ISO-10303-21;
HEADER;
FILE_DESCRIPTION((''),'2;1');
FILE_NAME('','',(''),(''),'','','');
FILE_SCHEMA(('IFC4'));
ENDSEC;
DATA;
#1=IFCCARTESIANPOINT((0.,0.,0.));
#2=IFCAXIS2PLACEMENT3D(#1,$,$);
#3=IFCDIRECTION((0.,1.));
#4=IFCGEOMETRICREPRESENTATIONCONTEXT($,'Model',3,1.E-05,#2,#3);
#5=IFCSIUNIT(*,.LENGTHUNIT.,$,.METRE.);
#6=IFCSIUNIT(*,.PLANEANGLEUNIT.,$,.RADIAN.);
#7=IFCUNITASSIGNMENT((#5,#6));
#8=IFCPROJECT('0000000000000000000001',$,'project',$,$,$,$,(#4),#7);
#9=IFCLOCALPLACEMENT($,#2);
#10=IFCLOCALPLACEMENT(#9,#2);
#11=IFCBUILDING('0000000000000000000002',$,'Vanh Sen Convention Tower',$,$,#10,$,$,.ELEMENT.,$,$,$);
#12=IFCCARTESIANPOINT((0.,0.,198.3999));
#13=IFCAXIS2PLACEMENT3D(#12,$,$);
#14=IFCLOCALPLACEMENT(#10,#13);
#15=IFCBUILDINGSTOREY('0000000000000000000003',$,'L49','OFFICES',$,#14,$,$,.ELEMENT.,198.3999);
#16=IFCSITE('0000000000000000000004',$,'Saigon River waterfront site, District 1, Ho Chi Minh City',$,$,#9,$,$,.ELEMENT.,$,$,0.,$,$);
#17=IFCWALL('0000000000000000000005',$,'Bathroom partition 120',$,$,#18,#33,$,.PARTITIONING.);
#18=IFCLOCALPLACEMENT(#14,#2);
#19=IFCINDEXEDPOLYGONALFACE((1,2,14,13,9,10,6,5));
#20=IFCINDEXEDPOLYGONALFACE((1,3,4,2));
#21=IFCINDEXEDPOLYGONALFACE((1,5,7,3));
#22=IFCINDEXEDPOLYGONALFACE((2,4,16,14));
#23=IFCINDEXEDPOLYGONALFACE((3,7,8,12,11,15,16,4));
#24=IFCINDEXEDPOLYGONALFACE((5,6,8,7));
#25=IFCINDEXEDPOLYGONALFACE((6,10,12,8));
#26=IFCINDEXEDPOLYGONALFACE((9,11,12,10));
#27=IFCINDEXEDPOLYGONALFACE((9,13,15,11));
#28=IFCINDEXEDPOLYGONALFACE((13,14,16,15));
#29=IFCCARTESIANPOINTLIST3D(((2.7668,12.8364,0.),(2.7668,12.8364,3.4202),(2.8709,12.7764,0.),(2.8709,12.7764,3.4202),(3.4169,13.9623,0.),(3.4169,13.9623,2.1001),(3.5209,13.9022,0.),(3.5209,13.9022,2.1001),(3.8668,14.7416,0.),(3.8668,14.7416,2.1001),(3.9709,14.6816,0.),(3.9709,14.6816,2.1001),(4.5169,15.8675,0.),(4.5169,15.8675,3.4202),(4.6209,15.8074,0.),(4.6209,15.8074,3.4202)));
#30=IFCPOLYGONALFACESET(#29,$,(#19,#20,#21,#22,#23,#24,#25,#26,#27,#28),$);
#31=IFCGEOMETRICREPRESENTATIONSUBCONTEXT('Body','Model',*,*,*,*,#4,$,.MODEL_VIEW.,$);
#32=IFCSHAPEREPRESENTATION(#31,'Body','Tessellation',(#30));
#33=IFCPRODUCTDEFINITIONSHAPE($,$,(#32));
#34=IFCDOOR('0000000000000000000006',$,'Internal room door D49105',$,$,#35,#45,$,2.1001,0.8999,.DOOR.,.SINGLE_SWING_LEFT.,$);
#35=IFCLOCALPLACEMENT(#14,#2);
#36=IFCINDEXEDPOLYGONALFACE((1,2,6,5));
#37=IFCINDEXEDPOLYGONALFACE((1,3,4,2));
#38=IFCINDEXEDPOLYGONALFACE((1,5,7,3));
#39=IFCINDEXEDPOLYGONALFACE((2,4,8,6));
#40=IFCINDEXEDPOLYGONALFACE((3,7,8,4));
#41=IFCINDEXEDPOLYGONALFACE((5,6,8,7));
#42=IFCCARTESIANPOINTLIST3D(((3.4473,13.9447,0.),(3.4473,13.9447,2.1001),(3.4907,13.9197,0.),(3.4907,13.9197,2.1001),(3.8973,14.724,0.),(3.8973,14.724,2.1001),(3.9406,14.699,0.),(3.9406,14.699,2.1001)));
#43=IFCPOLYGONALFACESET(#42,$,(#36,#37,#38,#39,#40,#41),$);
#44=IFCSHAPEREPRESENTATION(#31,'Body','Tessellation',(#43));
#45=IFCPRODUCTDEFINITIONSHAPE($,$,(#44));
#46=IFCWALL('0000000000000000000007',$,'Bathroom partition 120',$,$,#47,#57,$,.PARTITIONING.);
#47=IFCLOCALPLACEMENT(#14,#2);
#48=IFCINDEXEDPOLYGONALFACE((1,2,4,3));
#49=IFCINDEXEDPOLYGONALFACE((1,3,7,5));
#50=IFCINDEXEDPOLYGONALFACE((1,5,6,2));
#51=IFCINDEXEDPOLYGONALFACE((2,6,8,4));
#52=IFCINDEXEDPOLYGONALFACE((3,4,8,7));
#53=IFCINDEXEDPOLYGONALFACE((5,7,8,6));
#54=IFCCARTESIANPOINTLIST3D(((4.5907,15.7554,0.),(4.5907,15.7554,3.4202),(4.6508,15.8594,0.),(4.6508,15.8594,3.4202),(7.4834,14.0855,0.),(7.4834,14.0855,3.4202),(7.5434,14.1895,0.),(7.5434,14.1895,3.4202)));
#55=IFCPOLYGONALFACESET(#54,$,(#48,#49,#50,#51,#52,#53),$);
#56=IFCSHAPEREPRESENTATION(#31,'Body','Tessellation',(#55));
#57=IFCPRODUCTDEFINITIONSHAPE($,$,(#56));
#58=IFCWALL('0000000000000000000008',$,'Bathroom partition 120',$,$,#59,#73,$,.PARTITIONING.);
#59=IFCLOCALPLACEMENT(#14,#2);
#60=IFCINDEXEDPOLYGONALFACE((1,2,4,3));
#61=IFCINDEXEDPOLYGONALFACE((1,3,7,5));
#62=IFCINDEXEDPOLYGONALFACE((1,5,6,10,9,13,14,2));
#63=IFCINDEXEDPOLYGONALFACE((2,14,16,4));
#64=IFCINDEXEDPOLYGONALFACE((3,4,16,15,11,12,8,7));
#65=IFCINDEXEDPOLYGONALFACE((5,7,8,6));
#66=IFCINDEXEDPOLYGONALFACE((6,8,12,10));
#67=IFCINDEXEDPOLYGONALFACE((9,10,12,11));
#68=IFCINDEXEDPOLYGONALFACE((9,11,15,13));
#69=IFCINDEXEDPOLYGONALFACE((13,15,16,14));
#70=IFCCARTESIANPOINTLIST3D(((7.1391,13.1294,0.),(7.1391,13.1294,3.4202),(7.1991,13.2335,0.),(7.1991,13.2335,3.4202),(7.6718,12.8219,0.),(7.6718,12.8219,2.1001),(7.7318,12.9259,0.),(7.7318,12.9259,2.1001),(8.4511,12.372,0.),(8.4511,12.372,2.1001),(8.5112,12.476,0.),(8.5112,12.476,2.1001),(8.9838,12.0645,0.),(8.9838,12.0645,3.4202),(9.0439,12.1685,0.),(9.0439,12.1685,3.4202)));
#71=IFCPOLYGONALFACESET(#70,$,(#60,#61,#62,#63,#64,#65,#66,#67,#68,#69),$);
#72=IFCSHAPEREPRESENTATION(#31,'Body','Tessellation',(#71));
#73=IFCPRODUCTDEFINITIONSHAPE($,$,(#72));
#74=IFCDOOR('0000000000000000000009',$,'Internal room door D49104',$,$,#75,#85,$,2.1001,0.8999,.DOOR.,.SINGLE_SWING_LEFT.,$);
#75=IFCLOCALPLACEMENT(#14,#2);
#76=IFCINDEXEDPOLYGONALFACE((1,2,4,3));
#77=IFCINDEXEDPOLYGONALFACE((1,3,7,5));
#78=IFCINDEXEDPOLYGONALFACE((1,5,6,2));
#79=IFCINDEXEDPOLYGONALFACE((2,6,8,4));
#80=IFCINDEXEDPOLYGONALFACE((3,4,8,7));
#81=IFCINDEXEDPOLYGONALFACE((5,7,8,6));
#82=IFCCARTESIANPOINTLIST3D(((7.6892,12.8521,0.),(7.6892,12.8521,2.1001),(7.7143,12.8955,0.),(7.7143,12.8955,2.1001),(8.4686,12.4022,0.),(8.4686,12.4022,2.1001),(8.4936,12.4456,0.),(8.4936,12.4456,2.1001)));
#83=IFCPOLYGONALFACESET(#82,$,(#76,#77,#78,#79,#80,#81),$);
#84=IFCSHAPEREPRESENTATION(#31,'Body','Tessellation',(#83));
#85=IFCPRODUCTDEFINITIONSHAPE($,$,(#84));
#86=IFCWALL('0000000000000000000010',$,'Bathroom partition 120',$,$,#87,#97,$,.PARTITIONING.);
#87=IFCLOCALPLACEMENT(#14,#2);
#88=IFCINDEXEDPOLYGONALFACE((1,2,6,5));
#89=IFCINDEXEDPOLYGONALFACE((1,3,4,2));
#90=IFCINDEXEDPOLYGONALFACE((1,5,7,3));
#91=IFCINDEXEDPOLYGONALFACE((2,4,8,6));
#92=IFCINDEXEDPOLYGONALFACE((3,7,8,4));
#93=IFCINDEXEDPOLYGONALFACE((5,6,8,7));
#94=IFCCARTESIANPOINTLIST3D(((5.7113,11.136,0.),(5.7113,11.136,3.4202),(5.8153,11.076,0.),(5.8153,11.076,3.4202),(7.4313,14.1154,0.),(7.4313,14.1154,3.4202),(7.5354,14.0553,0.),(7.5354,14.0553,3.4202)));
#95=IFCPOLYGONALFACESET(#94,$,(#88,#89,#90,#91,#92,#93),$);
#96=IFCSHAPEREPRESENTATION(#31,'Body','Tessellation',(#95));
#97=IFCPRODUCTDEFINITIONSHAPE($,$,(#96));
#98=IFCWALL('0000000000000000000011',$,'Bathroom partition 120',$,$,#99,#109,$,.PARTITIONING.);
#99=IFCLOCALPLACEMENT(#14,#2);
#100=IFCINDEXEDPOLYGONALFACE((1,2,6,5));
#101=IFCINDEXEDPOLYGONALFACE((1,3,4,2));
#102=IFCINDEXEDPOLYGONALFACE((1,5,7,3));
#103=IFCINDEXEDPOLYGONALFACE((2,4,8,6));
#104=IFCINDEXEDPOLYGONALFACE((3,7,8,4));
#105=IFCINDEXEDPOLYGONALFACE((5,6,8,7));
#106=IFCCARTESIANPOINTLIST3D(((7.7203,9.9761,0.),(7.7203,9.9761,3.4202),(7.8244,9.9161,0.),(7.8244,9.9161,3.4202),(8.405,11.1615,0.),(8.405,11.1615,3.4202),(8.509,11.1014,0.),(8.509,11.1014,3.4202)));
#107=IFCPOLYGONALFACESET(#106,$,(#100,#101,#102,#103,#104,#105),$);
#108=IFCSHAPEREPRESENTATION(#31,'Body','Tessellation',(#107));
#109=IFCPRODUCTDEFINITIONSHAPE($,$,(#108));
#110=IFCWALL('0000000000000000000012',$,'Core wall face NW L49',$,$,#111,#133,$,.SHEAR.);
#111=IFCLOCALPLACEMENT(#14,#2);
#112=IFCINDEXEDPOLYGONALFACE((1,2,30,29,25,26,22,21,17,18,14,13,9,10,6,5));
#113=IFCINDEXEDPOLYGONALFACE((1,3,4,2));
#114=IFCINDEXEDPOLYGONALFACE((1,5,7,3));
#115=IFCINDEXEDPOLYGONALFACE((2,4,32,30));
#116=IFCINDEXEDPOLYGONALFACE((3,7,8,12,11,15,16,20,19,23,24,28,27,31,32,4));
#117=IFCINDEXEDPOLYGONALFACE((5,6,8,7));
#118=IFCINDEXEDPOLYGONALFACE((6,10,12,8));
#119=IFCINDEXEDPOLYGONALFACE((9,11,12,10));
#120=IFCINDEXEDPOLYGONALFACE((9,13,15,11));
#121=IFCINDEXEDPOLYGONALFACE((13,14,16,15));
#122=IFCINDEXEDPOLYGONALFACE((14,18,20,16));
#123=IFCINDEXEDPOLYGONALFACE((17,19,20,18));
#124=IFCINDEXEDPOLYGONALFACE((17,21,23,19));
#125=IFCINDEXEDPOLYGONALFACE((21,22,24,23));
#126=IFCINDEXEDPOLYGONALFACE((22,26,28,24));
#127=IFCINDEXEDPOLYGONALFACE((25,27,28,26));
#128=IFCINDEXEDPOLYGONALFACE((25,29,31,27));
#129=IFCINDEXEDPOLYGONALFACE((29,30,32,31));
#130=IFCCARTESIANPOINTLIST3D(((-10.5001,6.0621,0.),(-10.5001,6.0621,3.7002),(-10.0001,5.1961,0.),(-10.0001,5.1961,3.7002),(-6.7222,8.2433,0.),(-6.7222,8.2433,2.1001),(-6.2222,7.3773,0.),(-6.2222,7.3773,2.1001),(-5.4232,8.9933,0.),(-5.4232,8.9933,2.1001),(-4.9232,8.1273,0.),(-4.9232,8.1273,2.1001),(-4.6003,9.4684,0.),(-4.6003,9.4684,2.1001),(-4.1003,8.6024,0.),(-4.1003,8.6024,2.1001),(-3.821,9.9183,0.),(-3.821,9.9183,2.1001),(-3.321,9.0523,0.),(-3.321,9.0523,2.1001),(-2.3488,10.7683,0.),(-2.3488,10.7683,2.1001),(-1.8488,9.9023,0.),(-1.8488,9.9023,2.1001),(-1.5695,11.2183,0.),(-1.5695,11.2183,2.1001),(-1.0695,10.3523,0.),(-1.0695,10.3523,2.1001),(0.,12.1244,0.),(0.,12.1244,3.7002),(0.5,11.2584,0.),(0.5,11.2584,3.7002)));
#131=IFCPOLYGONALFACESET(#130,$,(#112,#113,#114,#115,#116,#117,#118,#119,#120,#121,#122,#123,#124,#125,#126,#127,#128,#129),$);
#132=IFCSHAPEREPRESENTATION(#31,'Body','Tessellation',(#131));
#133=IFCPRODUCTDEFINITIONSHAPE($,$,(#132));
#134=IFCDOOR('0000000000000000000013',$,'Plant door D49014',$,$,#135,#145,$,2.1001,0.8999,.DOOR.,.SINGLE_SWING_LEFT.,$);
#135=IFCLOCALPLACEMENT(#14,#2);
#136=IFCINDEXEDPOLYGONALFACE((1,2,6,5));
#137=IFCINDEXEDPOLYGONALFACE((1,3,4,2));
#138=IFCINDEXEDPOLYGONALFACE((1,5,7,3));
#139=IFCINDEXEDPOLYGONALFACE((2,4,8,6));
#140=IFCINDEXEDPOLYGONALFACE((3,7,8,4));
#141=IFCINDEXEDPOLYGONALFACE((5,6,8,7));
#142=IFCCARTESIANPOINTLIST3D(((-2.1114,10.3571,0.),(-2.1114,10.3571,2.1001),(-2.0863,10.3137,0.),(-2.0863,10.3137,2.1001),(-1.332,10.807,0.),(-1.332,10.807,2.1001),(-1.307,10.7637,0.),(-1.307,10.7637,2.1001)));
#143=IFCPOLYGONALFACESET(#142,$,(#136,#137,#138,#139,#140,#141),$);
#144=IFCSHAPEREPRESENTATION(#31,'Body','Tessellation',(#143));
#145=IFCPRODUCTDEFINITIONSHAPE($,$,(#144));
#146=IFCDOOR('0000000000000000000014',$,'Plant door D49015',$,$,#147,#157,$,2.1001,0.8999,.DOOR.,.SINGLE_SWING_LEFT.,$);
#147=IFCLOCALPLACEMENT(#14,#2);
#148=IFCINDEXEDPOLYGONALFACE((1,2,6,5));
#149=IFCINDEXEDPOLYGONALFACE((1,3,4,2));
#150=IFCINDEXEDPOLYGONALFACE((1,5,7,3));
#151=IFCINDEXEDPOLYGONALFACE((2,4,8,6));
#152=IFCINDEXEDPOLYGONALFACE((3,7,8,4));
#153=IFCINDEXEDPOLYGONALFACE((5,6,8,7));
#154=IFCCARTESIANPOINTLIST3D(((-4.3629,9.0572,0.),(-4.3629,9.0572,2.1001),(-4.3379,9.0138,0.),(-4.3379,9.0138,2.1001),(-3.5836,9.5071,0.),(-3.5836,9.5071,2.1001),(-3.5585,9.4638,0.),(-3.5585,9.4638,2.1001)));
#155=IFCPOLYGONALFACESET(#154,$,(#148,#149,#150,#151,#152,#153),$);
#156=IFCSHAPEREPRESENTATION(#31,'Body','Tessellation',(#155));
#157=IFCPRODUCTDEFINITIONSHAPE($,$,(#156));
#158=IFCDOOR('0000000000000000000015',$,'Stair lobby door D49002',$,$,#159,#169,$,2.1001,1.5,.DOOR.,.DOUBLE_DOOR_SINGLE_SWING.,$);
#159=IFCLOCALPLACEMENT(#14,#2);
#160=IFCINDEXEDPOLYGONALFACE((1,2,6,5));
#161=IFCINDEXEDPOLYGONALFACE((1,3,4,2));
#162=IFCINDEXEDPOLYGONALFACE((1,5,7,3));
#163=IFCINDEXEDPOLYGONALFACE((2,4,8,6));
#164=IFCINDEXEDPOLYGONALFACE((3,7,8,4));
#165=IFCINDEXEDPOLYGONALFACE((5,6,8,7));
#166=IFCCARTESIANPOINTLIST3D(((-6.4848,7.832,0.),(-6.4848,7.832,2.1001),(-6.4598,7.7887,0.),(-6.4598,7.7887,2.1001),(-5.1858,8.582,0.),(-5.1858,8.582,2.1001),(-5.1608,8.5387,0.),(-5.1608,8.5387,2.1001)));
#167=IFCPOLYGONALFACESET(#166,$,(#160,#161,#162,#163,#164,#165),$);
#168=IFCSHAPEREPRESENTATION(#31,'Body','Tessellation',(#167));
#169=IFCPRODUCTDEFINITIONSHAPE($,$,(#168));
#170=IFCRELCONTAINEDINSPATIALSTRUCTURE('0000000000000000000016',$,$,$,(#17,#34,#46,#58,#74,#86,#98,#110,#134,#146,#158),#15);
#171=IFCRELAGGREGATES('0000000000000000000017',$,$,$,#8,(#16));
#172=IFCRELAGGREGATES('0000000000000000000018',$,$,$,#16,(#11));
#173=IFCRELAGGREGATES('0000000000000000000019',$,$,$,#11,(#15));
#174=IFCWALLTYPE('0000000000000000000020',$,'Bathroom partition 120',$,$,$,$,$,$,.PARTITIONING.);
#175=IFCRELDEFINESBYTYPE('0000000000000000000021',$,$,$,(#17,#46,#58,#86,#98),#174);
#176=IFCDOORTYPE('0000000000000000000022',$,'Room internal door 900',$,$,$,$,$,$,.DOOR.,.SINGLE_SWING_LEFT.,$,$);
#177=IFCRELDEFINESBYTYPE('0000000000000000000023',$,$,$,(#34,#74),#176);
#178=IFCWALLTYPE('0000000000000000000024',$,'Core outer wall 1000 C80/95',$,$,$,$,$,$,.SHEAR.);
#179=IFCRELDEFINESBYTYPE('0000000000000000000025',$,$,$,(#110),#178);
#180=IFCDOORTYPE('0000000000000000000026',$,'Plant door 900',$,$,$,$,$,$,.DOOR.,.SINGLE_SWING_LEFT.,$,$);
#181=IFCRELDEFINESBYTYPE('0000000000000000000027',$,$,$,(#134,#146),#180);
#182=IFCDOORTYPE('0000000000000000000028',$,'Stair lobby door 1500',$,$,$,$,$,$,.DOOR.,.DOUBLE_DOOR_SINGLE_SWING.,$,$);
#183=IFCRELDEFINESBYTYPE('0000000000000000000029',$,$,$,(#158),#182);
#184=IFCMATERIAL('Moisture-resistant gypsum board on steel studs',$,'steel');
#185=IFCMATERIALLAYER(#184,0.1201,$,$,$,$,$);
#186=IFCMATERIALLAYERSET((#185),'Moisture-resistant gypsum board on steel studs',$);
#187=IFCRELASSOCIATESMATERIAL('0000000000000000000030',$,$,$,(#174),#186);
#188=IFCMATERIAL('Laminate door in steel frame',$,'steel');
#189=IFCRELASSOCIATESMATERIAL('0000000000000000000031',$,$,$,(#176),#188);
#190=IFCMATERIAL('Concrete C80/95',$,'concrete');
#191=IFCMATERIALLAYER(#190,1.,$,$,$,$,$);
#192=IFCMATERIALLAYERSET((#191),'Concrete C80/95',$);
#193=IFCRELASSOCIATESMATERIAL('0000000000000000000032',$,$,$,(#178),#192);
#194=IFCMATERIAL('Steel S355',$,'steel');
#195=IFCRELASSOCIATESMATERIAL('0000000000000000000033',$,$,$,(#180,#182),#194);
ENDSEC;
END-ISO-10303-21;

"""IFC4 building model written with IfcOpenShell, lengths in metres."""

from ifc_helpers import new_model, si_unit, direction, frame, frame_2d, origin, place, context, subcontext, project, spatial, rectangle, extrude, material, layer, layer_set, type_object, element, fill, save


model = new_model("IFC4")

# Units and contexts
model_context = context("Model", 3, precision=1e-05, world=origin(), true_north=direction((0.0, 1.0)))
body_context = subcontext(model_context, "Body", "Model", "MODEL_VIEW")
ifc_project = project(units=[si_unit("LENGTHUNIT", "METRE"), si_unit("PLANEANGLEUNIT", "RADIAN")], contexts=[model_context])

# Site, building, storey
site_placement = place(None, origin())
site = spatial("IfcSite", under=ifc_project, at=site_placement, Name="Saigon River waterfront site, District 1, Ho Chi Minh City", CompositionType="ELEMENT", RefElevation=0.0)
building_placement = place(site_placement, origin())
building = spatial("IfcBuilding", under=site, at=building_placement, Name="Vanh Sen Convention Tower", CompositionType="ELEMENT")
storey_placement = place(building_placement, frame((0.0, 0.0, 198.3999)))
storey = spatial("IfcBuildingStorey", under=building, at=storey_placement, Name="L49", Description="OFFICES", CompositionType="ELEMENT", Elevation=198.3999)

# Shared definitions
ifc_material_1 = material(Name="Concrete C80/95", Category="concrete")

# Wall, opening, door
ifc_material_2 = material(Name="Moisture-resistant gypsum board on steel studs", Category="steel")
ifc_layer_1 = layer(ifc_material_2, 0.1201)
ifc_layer_set_1 = layer_set([ifc_layer_1], Name="Moisture-resistant gypsum board on steel studs")
wall_type_1 = type_object("IfcWallType", Name="Bathroom partition 120", PredefinedType="PARTITIONING", material=ifc_layer_set_1)
wall_1_placement = place(storey_placement, frame((2.8188, 12.8064, 0.0), z_axis=(0.0, 0.0, 1.0), x_axis=(0.50001, 0.866019, 0.0)))
wall_1 = element("IfcWall", 1, at=wall_1_placement, inside=storey, type_object=wall_type_1, Name="Bathroom partition 120", PredefinedType="PARTITIONING", context=body_context, shape_type="SweptSolid", body=[
    extrude(rectangle(XDim=3.5, YDim=0.1201, at=frame_2d((1.75, 0.0))), origin(), (0.0, 0.0, 1.0), 3.4202),
])
opening_1_placement = place(wall_1_placement, frame((1.3, 0.0, 0.0)))
opening_1 = element("IfcOpeningElement", 2, at=opening_1_placement, cuts=wall_1, PredefinedType="OPENING", context=body_context, shape_type="SweptSolid", body=[
    extrude(rectangle(XDim=0.8999, YDim=2.1001, at=frame_2d((0.45, 1.05))), frame((0.0, 0.0701, 0.0), z_axis=(0.0, -1.0, 0.0), x_axis=(1.0, 0.0, 0.0)), (0.0, 0.0, 1.0), 0.1401),
])
ifc_material_3 = material(Name="Laminate door in steel frame", Category="steel")
door_type_1 = type_object("IfcDoorType", Name="Room internal door 900", OperationType="SINGLE_SWING_LEFT", PredefinedType="DOOR", material=ifc_material_3)
door_1_placement = place(opening_1_placement, origin())
door_1 = element("IfcDoor", 3, at=door_1_placement, inside=storey, type_object=door_type_1, Name="Internal room door D49105", OperationType="SINGLE_SWING_LEFT", OverallHeight=2.1001, OverallWidth=0.8999, PredefinedType="DOOR", context=body_context, shape_type="SweptSolid", body=[
    extrude(rectangle(XDim=0.8999, YDim=2.1001, at=frame_2d((0.45, 1.05))), frame((0.0, 0.0249, 0.0), z_axis=(0.0, -1.0, 0.0), x_axis=(1.0, 0.0, 0.0)), (0.0, 0.0, 1.0), 0.05),
])
fill(opening_1, door_1)

# Wall
wall_2_placement = place(storey_placement, frame((4.6208, 15.8074, 0.0), z_axis=(0.0, 0.0, 1.0), x_axis=(0.86604, -0.499976, 0.0)))
element("IfcWall", 4, at=wall_2_placement, inside=storey, type_object=wall_type_1, Name="Bathroom partition 120", PredefinedType="PARTITIONING", context=body_context, shape_type="SweptSolid", body=[
    extrude(rectangle(XDim=3.3401, YDim=0.1201, at=frame_2d((1.6699, 0.0))), origin(), (0.0, 0.0, 1.0), 3.4202),
])

# Wall, opening, door
wall_3_placement = place(storey_placement, frame((7.1692, 13.1814, 0.0), z_axis=(0.0, 0.0, 1.0), x_axis=(0.866048, -0.499961, 0.0)))
wall_3 = element("IfcWall", 5, at=wall_3_placement, inside=storey, type_object=wall_type_1, Name="Bathroom partition 120", PredefinedType="PARTITIONING", context=body_context, shape_type="SweptSolid", body=[
    extrude(rectangle(XDim=2.1301, YDim=0.1201, at=frame_2d((1.0649, 0.0))), origin(), (0.0, 0.0, 1.0), 3.4202),
])
opening_2_placement = place(wall_3_placement, frame((0.615, 0.0, 0.0)))
opening_2 = element("IfcOpeningElement", 6, at=opening_2_placement, cuts=wall_3, PredefinedType="OPENING", context=body_context, shape_type="SweptSolid", body=[
    extrude(rectangle(XDim=0.8999, YDim=2.1001, at=frame_2d((0.45, 1.05))), frame((0.0, 0.0701, 0.0), z_axis=(0.0, -1.0, 0.0), x_axis=(1.0, 0.0, 0.0)), (0.0, 0.0, 1.0), 0.1401),
])
door_2_placement = place(opening_2_placement, origin())
door_2 = element("IfcDoor", 7, at=door_2_placement, inside=storey, type_object=door_type_1, Name="Internal room door D49104", OperationType="SINGLE_SWING_LEFT", OverallHeight=2.1001, OverallWidth=0.8999, PredefinedType="DOOR", context=body_context, shape_type="SweptSolid", body=[
    extrude(rectangle(XDim=0.8999, YDim=2.1001, at=frame_2d((0.45, 1.05))), frame((0.0, 0.0249, 0.0), z_axis=(0.0, -1.0, 0.0), x_axis=(1.0, 0.0, 0.0)), (0.0, 0.0, 1.0), 0.05),
])
fill(opening_2, door_2)

# Walls
wall_4_placement = place(storey_placement, frame((7.4834, 14.0854, 0.0), z_axis=(0.0, 0.0, 1.0), x_axis=(-0.499978, -0.866038, 0.0)))
element("IfcWall", 8, at=wall_4_placement, inside=storey, type_object=wall_type_1, Name="Bathroom partition 120", PredefinedType="PARTITIONING", context=body_context, shape_type="SweptSolid", body=[
    extrude(rectangle(XDim=3.4402, YDim=0.1201, at=frame_2d((1.7202, 0.0))), origin(), (0.0, 0.0, 1.0), 3.4202),
])
wall_5_placement = place(storey_placement, frame((8.457, 11.1316, 0.0), z_axis=(0.0, 0.0, 1.0), x_axis=(-0.500129, -0.865951, 0.0)))
element("IfcWall", 9, at=wall_5_placement, inside=storey, type_object=wall_type_1, Name="Bathroom partition 120", PredefinedType="PARTITIONING", context=body_context, shape_type="SweptSolid", body=[
    extrude(rectangle(XDim=1.3689, YDim=0.1201, at=frame_2d((0.6846, 0.0))), origin(), (0.0, 0.0, 1.0), 3.4202),
])

# Wall, openings, doors
ifc_layer_2 = layer(ifc_material_1, 1.0)
ifc_layer_set_2 = layer_set([ifc_layer_2], Name="Concrete C80/95")
wall_type_2 = type_object("IfcWallType", Name="Core outer wall 1000 C80/95", PredefinedType="SHEAR", material=ifc_layer_set_2)
wall_6_placement = place(storey_placement, frame((0.25, 11.6914, 0.0), z_axis=(0.0, 0.0, 1.0), x_axis=(-0.866023, -0.500005, 0.0)))
wall_6 = element("IfcWall", 10, at=wall_6_placement, inside=storey, type_object=wall_type_2, Name="Core wall face NW L49", PredefinedType="SHEAR", context=body_context, shape_type="SweptSolid", body=[
    extrude(rectangle(XDim=12.1245, YDim=1.0, at=frame_2d((6.0623, 0.0))), origin(), (0.0, 0.0, 1.0), 3.7002),
])
opening_3_placement = place(wall_6_placement, frame((6.2622, 0.0, 0.0)))
opening_3 = element("IfcOpeningElement", 11, at=opening_3_placement, cuts=wall_6, PredefinedType="OPENING", context=body_context, shape_type="SweptSolid", body=[
    extrude(rectangle(XDim=1.5, YDim=2.1001, at=frame_2d((0.75, 1.05))), frame((0.0, 0.51, 0.0), z_axis=(0.0, -1.0, 0.0), x_axis=(1.0, 0.0, 0.0)), (0.0, 0.0, 1.0), 1.02),
])
opening_4_placement = place(wall_6_placement, frame((1.8123, 0.0, 0.0)))
opening_4 = element("IfcOpeningElement", 12, at=opening_4_placement, cuts=wall_6, PredefinedType="OPENING", context=body_context, shape_type="SweptSolid", body=[
    extrude(rectangle(XDim=0.8999, YDim=2.1001, at=frame_2d((0.45, 1.05))), frame((0.0, 0.51, 0.0), z_axis=(0.0, -1.0, 0.0), x_axis=(1.0, 0.0, 0.0)), (0.0, 0.0, 1.0), 1.02),
])
opening_5_placement = place(wall_6_placement, frame((4.4121, 0.0, 0.0)))
opening_5 = element("IfcOpeningElement", 13, at=opening_5_placement, cuts=wall_6, PredefinedType="OPENING", context=body_context, shape_type="SweptSolid", body=[
    extrude(rectangle(XDim=0.8999, YDim=2.1001, at=frame_2d((0.45, 1.05))), frame((0.0, 0.51, 0.0), z_axis=(0.0, -1.0, 0.0), x_axis=(1.0, 0.0, 0.0)), (0.0, 0.0, 1.0), 1.02),
])
ifc_material_4 = material(Name="Steel S355", Category="steel")
door_type_2 = type_object("IfcDoorType", Name="Plant door 900", OperationType="SINGLE_SWING_LEFT", PredefinedType="DOOR", material=ifc_material_4)
door_3_placement = place(opening_4_placement, origin())
door_3 = element("IfcDoor", 14, at=door_3_placement, inside=storey, type_object=door_type_2, Name="Plant door D49014", OperationType="SINGLE_SWING_LEFT", OverallHeight=2.1001, OverallWidth=0.8999, PredefinedType="DOOR", context=body_context, shape_type="SweptSolid", body=[
    extrude(rectangle(XDim=0.8999, YDim=2.1001, at=frame_2d((0.45, 1.05))), frame((0.0, 0.0249, 0.0), z_axis=(0.0, -1.0, 0.0), x_axis=(1.0, 0.0, 0.0)), (0.0, 0.0, 1.0), 0.05),
])
fill(opening_4, door_3)
door_4_placement = place(opening_5_placement, origin())
door_4 = element("IfcDoor", 15, at=door_4_placement, inside=storey, type_object=door_type_2, Name="Plant door D49015", OperationType="SINGLE_SWING_LEFT", OverallHeight=2.1001, OverallWidth=0.8999, PredefinedType="DOOR", context=body_context, shape_type="SweptSolid", body=[
    extrude(rectangle(XDim=0.8999, YDim=2.1001, at=frame_2d((0.45, 1.05))), frame((0.0, 0.0249, 0.0), z_axis=(0.0, -1.0, 0.0), x_axis=(1.0, 0.0, 0.0)), (0.0, 0.0, 1.0), 0.05),
])
fill(opening_5, door_4)
door_type_3 = type_object("IfcDoorType", Name="Stair lobby door 1500", OperationType="DOUBLE_DOOR_SINGLE_SWING", PredefinedType="DOOR", material=ifc_material_4)
door_5_placement = place(opening_3_placement, origin())
door_5 = element("IfcDoor", 16, at=door_5_placement, inside=storey, type_object=door_type_3, Name="Stair lobby door D49002", OperationType="DOUBLE_DOOR_SINGLE_SWING", OverallHeight=2.1001, OverallWidth=1.5, PredefinedType="DOOR", context=body_context, shape_type="SweptSolid", body=[
    extrude(rectangle(XDim=1.5, YDim=2.1001, at=frame_2d((0.75, 1.05))), frame((0.0, 0.0249, 0.0), z_axis=(0.0, -1.0, 0.0), x_axis=(1.0, 0.0, 0.0)), (0.0, 0.0, 1.0), 0.05),
])
fill(opening_3, door_5)

save(model, "model.ifc")
